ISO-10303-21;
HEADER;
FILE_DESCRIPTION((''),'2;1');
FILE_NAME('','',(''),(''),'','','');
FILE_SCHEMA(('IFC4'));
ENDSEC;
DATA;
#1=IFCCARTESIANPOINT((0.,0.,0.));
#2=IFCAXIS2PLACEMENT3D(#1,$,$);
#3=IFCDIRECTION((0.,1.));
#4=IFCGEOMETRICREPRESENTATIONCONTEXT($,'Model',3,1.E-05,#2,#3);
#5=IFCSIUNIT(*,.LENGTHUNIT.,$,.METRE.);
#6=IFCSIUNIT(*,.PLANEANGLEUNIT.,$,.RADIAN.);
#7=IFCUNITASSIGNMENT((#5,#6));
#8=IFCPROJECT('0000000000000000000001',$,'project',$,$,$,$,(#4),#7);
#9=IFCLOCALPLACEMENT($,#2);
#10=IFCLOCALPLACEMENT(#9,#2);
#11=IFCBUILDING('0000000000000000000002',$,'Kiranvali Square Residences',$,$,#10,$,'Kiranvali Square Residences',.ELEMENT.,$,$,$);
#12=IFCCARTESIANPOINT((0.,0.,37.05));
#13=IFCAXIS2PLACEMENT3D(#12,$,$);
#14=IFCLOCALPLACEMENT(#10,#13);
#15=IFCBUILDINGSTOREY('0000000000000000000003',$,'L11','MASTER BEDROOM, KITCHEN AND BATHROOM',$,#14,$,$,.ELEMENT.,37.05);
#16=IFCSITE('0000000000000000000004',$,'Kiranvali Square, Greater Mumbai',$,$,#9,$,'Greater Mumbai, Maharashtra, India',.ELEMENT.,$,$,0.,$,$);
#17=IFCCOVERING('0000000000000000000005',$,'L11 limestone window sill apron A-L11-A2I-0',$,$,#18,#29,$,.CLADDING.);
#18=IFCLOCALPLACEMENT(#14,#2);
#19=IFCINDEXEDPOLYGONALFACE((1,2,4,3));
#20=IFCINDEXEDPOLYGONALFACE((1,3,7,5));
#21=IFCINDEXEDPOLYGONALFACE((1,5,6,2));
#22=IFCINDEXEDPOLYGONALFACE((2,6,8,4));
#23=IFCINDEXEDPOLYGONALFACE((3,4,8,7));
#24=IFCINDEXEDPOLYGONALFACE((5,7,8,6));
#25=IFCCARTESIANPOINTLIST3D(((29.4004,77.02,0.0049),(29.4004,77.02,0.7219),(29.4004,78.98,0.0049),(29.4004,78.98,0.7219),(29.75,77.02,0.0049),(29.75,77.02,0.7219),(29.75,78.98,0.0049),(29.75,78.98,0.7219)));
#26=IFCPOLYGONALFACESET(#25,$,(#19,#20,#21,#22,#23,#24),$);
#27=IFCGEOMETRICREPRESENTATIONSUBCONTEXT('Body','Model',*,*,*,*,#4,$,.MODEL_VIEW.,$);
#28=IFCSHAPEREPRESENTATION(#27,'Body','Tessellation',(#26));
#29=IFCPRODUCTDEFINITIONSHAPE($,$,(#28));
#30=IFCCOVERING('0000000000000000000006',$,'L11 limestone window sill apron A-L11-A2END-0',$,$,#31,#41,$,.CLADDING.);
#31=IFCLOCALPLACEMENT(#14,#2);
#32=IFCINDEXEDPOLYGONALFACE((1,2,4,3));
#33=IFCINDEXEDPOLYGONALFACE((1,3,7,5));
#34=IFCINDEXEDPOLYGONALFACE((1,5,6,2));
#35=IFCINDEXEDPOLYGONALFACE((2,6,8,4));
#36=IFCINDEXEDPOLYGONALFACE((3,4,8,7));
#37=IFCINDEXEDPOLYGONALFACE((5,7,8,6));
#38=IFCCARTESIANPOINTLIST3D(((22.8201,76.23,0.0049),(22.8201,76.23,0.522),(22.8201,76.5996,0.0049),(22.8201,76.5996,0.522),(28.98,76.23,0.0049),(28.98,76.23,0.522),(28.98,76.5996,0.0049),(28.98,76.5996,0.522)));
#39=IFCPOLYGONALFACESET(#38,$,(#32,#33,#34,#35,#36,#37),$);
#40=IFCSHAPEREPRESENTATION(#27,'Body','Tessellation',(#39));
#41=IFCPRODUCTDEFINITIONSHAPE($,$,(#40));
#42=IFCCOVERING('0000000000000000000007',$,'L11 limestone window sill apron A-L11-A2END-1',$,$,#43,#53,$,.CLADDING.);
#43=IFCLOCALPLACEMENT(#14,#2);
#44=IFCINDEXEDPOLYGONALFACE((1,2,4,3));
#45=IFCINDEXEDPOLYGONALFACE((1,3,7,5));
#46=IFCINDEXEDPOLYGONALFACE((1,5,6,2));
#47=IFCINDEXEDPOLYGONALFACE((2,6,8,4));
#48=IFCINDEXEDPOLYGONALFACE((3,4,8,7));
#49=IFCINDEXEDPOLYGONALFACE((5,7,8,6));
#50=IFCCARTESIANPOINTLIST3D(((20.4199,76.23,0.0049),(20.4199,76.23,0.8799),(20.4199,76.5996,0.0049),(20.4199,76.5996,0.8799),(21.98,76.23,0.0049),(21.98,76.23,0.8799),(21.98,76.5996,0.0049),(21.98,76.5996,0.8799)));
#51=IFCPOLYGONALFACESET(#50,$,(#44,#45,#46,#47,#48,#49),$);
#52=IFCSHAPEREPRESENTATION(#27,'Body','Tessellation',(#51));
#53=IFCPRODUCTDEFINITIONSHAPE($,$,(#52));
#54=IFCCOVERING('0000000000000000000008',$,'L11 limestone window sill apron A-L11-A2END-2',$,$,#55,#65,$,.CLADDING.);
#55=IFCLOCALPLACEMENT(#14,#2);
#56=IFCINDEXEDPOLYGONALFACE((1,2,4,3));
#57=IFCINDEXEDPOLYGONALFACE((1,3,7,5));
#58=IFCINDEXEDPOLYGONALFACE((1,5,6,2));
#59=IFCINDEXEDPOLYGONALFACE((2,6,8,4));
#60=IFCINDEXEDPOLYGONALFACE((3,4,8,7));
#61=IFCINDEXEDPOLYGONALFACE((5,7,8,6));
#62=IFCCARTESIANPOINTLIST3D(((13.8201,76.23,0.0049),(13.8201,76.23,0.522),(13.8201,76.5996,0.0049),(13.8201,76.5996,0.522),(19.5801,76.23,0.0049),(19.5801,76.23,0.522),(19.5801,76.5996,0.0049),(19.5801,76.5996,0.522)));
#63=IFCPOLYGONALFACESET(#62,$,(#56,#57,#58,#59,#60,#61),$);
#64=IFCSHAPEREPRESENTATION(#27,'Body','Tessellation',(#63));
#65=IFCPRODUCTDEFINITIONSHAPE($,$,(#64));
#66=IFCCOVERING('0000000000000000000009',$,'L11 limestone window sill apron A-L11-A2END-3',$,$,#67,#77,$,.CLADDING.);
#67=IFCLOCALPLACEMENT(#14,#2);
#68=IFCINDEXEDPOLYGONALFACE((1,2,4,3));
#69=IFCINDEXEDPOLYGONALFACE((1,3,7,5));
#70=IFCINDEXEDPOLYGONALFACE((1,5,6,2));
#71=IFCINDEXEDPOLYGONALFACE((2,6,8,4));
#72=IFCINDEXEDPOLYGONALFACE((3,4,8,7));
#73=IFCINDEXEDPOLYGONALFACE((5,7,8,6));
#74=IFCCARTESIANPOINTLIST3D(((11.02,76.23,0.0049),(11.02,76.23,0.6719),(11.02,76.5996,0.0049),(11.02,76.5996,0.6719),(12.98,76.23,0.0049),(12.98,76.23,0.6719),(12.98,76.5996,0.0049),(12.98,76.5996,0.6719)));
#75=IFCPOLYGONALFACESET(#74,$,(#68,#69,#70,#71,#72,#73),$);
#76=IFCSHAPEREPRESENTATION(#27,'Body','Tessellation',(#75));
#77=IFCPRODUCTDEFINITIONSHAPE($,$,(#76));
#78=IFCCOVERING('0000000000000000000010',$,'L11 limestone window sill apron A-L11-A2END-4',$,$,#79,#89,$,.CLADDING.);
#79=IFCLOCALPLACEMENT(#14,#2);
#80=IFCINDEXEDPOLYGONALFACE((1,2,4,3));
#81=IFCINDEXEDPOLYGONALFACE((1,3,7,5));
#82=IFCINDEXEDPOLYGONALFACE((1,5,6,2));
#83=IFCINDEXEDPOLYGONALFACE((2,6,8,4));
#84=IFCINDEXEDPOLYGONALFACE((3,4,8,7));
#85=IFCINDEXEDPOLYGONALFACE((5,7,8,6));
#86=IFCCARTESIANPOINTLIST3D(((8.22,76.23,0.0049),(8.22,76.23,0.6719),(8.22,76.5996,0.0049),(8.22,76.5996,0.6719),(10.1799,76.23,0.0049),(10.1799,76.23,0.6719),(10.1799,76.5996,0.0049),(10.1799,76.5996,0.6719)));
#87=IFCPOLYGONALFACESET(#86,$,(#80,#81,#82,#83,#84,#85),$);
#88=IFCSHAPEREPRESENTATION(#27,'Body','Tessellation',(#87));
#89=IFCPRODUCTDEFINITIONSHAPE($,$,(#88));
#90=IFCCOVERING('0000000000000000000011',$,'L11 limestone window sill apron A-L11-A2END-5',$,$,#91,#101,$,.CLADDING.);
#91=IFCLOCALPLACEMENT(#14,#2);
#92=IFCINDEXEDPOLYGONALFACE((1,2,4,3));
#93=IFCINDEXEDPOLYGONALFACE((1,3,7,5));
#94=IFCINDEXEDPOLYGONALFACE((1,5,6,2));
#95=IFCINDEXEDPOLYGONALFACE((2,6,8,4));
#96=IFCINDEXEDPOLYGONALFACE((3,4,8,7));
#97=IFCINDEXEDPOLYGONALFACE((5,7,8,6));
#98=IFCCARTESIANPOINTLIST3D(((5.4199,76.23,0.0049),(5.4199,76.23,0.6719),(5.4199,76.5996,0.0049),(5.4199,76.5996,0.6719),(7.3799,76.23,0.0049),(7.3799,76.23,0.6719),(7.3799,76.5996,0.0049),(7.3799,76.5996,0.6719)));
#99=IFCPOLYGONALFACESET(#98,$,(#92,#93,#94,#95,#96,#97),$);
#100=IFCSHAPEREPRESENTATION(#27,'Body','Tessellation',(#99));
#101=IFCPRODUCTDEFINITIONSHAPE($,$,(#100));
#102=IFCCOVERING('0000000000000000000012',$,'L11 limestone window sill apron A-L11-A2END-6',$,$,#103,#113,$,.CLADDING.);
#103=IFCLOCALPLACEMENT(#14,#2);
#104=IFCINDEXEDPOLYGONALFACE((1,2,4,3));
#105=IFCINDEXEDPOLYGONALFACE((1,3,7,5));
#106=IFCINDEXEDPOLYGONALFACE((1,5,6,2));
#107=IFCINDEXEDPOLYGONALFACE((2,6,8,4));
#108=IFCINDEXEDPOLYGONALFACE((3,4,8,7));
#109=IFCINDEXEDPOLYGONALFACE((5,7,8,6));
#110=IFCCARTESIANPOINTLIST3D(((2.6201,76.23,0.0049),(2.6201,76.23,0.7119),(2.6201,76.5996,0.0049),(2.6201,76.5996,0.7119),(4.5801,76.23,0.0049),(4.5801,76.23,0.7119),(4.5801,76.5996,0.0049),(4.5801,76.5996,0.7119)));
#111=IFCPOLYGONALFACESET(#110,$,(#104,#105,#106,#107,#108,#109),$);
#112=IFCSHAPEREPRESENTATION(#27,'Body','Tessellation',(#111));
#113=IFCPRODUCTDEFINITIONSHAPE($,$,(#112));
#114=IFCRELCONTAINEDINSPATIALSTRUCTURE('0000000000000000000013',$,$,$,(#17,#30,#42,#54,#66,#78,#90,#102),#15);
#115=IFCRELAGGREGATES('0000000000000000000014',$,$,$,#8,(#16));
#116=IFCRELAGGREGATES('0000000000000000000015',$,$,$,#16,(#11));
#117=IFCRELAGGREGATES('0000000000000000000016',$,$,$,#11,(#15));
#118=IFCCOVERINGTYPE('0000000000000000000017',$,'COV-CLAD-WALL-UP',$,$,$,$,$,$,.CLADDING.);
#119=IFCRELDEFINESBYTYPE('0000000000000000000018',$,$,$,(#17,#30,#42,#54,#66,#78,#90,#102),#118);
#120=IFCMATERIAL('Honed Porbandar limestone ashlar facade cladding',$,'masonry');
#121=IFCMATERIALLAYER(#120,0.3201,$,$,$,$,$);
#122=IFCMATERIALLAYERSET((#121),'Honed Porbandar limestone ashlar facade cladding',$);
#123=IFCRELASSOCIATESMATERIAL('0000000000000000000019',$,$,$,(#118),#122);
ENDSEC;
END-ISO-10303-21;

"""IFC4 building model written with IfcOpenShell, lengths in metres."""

from ifc_helpers import new_model, si_unit, direction, frame, origin, place, context, subcontext, project, spatial, polyline, outline, extrude, material, layer, layer_set, type_object, element, save


model = new_model("IFC4")

# Units and contexts
model_context = context("Model", 3, precision=1e-05, world=origin(), true_north=direction((0.0, 1.0)))
body_context = subcontext(model_context, "Body", "Model", "MODEL_VIEW")
ifc_project = project(units=[si_unit("LENGTHUNIT", "METRE"), si_unit("PLANEANGLEUNIT", "RADIAN")], contexts=[model_context])

# Site, building, storey
site_placement = place(None, origin())
site = spatial("IfcSite", under=ifc_project, at=site_placement, Name="Kiranvali Square, Greater Mumbai", LongName="Greater Mumbai, Maharashtra, India", CompositionType="ELEMENT", RefElevation=0.0)
building_placement = place(site_placement, origin())
building = spatial("IfcBuilding", under=site, at=building_placement, Name="Kiranvali Square Residences", LongName="Kiranvali Square Residences", CompositionType="ELEMENT")
storey_placement = place(building_placement, frame((0.0, 0.0, 37.05)))
storey = spatial("IfcBuildingStorey", under=building, at=storey_placement, Name="L11", Description="MASTER BEDROOM, KITCHEN AND BATHROOM", CompositionType="ELEMENT", Elevation=37.05)

# Coverings
ifc_material = material(Name="Honed Porbandar limestone ashlar facade cladding", Category="masonry")
ifc_layer_1 = layer(ifc_material, 0.3201)
ifc_layer_set_1 = layer_set([ifc_layer_1], Name="Honed Porbandar limestone ashlar facade cladding")
covering_type_1 = type_object("IfcCoveringType", Name="COV-CLAD-WALL-UP", PredefinedType="CLADDING", material=ifc_layer_set_1)
covering_1_placement = place(storey_placement, frame((0.0, 0.0, 0.0049)))
element("IfcCovering", 1, at=covering_1_placement, inside=storey, type_object=covering_type_1, Name="L11 limestone window sill apron A-L11-A2I-0", PredefinedType="CLADDING", context=body_context, shape_type="SweptSolid", body=[
    extrude(outline(polyline([(29.4004, 78.98), (29.4004, 77.02), (29.75, 77.02), (29.75, 78.98), (29.4004, 78.98)])), origin(), (0.0, 0.0, 1.0), 0.717),
])
covering_2_placement = place(storey_placement, frame((0.0, 0.0, 0.0049)))
element("IfcCovering", 2, at=covering_2_placement, inside=storey, type_object=covering_type_1, Name="L11 limestone window sill apron A-L11-A2END-0", PredefinedType="CLADDING", context=body_context, shape_type="SweptSolid", body=[
    extrude(outline(polyline([(28.98, 76.5996), (22.8201, 76.5996), (22.8201, 76.23), (28.98, 76.23), (28.98, 76.5996)])), origin(), (0.0, 0.0, 1.0), 0.5171),
])
covering_3_placement = place(storey_placement, frame((0.0, 0.0, 0.0049)))
element("IfcCovering", 3, at=covering_3_placement, inside=storey, type_object=covering_type_1, Name="L11 limestone window sill apron A-L11-A2END-1", PredefinedType="CLADDING", context=body_context, shape_type="SweptSolid", body=[
    extrude(outline(polyline([(21.98, 76.5996), (20.4199, 76.5996), (20.4199, 76.23), (21.98, 76.23), (21.98, 76.5996)])), origin(), (0.0, 0.0, 1.0), 0.875),
])
covering_4_placement = place(storey_placement, frame((0.0, 0.0, 0.0049)))
element("IfcCovering", 4, at=covering_4_placement, inside=storey, type_object=covering_type_1, Name="L11 limestone window sill apron A-L11-A2END-2", PredefinedType="CLADDING", context=body_context, shape_type="SweptSolid", body=[
    extrude(outline(polyline([(19.5801, 76.5996), (13.8201, 76.5996), (13.8201, 76.23), (19.5801, 76.23), (19.5801, 76.5996)])), origin(), (0.0, 0.0, 1.0), 0.5171),
])
covering_5_placement = place(storey_placement, frame((0.0, 0.0, 0.0049)))
element("IfcCovering", 5, at=covering_5_placement, inside=storey, type_object=covering_type_1, Name="L11 limestone window sill apron A-L11-A2END-3", PredefinedType="CLADDING", context=body_context, shape_type="SweptSolid", body=[
    extrude(outline(polyline([(12.98, 76.5996), (11.02, 76.5996), (11.02, 76.23), (12.98, 76.23), (12.98, 76.5996)])), origin(), (0.0, 0.0, 1.0), 0.667),
])
covering_6_placement = place(storey_placement, frame((0.0, 0.0, 0.0049)))
element("IfcCovering", 6, at=covering_6_placement, inside=storey, type_object=covering_type_1, Name="L11 limestone window sill apron A-L11-A2END-4", PredefinedType="CLADDING", context=body_context, shape_type="SweptSolid", body=[
    extrude(outline(polyline([(10.1799, 76.5996), (8.22, 76.5996), (8.22, 76.23), (10.1799, 76.23), (10.1799, 76.5996)])), origin(), (0.0, 0.0, 1.0), 0.667),
])
covering_7_placement = place(storey_placement, frame((0.0, 0.0, 0.0049)))
element("IfcCovering", 7, at=covering_7_placement, inside=storey, type_object=covering_type_1, Name="L11 limestone window sill apron A-L11-A2END-5", PredefinedType="CLADDING", context=body_context, shape_type="SweptSolid", body=[
    extrude(outline(polyline([(7.3799, 76.5996), (5.4199, 76.5996), (5.4199, 76.23), (7.3799, 76.23), (7.3799, 76.5996)])), origin(), (0.0, 0.0, 1.0), 0.667),
])
covering_8_placement = place(storey_placement, frame((0.0, 0.0, 0.0049)))
element("IfcCovering", 8, at=covering_8_placement, inside=storey, type_object=covering_type_1, Name="L11 limestone window sill apron A-L11-A2END-6", PredefinedType="CLADDING", context=body_context, shape_type="SweptSolid", body=[
    extrude(outline(polyline([(4.5801, 76.5996), (2.6201, 76.5996), (2.6201, 76.23), (4.5801, 76.23), (4.5801, 76.5996)])), origin(), (0.0, 0.0, 1.0), 0.707),
])

save(model, "model.ifc")
